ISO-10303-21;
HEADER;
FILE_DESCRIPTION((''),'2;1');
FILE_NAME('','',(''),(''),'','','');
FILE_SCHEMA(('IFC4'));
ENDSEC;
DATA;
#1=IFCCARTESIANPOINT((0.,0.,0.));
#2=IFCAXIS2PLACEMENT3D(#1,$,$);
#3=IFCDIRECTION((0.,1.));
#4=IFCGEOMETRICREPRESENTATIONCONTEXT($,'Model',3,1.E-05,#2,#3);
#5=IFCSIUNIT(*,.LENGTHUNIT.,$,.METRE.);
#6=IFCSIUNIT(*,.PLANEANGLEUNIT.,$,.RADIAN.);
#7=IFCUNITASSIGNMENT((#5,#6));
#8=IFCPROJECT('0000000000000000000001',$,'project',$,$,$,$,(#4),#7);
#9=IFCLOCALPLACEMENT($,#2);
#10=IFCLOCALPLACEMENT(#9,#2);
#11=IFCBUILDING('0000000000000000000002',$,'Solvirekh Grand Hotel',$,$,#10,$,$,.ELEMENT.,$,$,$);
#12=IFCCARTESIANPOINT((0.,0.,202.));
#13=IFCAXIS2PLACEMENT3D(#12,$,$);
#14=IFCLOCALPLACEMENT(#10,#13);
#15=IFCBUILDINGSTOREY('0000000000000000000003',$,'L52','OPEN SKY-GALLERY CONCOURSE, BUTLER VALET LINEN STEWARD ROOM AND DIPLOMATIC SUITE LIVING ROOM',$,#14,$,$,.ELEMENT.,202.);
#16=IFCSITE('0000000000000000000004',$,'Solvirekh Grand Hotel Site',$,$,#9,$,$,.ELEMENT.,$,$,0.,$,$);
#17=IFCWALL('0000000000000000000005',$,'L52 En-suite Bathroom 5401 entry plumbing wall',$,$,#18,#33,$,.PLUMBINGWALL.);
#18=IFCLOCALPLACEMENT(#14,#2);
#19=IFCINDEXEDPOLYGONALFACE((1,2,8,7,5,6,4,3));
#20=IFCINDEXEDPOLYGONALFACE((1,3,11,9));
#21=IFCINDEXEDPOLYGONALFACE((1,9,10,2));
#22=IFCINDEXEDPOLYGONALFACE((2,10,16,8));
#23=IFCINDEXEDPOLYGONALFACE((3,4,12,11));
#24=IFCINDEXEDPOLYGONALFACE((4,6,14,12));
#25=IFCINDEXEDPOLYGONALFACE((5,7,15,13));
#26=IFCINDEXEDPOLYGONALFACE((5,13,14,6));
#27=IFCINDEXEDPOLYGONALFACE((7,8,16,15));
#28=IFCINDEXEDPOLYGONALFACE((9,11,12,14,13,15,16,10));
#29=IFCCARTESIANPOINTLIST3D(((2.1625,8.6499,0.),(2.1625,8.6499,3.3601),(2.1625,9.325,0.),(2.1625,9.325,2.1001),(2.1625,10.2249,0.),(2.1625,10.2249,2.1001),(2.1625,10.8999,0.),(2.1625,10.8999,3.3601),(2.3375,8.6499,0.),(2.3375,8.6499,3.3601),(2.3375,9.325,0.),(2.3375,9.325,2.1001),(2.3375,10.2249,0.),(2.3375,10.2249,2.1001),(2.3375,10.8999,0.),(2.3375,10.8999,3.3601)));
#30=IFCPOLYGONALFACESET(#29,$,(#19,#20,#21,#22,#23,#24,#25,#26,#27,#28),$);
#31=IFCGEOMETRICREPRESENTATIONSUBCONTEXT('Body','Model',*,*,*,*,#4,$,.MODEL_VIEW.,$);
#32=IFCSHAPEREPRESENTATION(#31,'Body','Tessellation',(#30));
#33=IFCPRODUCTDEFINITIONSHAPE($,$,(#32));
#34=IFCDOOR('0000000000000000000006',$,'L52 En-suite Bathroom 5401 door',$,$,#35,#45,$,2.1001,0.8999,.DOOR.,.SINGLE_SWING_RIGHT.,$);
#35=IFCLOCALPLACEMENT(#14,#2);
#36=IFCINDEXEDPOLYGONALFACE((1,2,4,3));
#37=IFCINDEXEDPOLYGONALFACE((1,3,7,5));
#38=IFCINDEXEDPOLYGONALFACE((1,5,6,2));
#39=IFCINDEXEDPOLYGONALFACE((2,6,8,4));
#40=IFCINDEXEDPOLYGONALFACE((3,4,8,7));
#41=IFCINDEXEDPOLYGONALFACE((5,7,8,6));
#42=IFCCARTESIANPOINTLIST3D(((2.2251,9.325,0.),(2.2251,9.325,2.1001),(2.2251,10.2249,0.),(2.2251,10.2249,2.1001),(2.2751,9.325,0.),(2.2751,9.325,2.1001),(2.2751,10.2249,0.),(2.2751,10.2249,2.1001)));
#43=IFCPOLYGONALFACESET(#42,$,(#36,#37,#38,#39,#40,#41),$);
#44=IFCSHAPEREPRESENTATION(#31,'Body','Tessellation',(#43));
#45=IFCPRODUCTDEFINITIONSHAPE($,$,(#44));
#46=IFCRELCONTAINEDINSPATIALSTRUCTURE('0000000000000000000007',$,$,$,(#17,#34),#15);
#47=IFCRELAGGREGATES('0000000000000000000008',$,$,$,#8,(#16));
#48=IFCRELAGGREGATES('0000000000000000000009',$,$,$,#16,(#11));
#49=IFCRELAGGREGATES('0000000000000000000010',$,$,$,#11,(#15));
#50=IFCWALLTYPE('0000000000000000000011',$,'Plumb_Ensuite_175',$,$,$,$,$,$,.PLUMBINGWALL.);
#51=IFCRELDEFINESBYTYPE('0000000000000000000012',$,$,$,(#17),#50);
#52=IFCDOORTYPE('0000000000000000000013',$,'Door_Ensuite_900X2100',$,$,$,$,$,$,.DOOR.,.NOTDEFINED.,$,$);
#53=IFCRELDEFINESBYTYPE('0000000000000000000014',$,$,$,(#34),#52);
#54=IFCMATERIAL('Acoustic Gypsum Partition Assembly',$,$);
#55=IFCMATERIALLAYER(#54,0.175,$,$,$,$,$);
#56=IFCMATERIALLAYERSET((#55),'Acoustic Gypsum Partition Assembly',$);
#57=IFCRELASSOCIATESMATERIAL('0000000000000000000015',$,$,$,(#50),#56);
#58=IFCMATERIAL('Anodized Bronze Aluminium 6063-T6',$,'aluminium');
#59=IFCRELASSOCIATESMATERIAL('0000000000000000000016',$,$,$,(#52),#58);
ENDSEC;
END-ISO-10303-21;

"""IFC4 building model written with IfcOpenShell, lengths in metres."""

from ifc_helpers import new_model, si_unit, direction, frame, frame_2d, origin, place, context, subcontext, project, spatial, rectangle, extrude, material, layer, layer_set, type_object, element, fill, save


model = new_model("IFC4")

# Units and contexts
model_context = context("Model", 3, precision=1e-05, world=origin(), true_north=direction((0.0, 1.0)))
body_context = subcontext(model_context, "Body", "Model", "MODEL_VIEW")
ifc_project = project(units=[si_unit("LENGTHUNIT", "METRE"), si_unit("PLANEANGLEUNIT", "RADIAN")], contexts=[model_context])

# Site, building, storey
site_placement = place(None, origin())
site = spatial("IfcSite", under=ifc_project, at=site_placement, Name="Solvirekh Grand Hotel Site", CompositionType="ELEMENT", RefElevation=0.0)
building_placement = place(site_placement, origin())
building = spatial("IfcBuilding", under=site, at=building_placement, Name="Solvirekh Grand Hotel", CompositionType="ELEMENT")
storey_placement = place(building_placement, frame((0.0, 0.0, 202.0)))
storey = spatial("IfcBuildingStorey", under=building, at=storey_placement, Name="L52", Description="OPEN SKY-GALLERY CONCOURSE, BUTLER VALET LINEN STEWARD ROOM AND DIPLOMATIC SUITE LIVING ROOM", CompositionType="ELEMENT", Elevation=202.0)

# Shared definitions
ifc_material_1 = material(Name="Anodized Bronze Aluminium 6063-T6", Category="aluminium")

# Shared definitions
ifc_material_2 = material(Name="Acoustic Gypsum Partition Assembly")

# Shared definitions
ifc_layer_1 = layer(ifc_material_2, 0.175)
ifc_layer_set_1 = layer_set([ifc_layer_1], Name="Acoustic Gypsum Partition Assembly")
wall_type_1 = type_object("IfcWallType", Name="Plumb_Ensuite_175", PredefinedType="PLUMBINGWALL", material=ifc_layer_set_1)

# Wall, opening, door
wall_1_placement = place(storey_placement, frame((2.25, 8.6499, 0.0), z_axis=(0.0, 0.0, 1.0), x_axis=(0.0, 1.0, 0.0)))
wall_1 = element("IfcWall", 1, at=wall_1_placement, inside=storey, type_object=wall_type_1, Name="L52 En-suite Bathroom 5401 entry plumbing wall", PredefinedType="PLUMBINGWALL", context=body_context, shape_type="SweptSolid", body=[
    extrude(rectangle(XDim=2.25, YDim=0.175, at=frame_2d((1.125, 0.0))), origin(), (0.0, 0.0, 1.0), 3.3601),
])
opening_1_placement = place(wall_1_placement, frame((0.675, 0.0, 0.0)))
opening_1 = element("IfcOpeningElement", 2, at=opening_1_placement, cuts=wall_1, PredefinedType="OPENING", context=body_context, shape_type="SweptSolid", body=[
    extrude(rectangle(XDim=0.8999, YDim=2.1001, at=frame_2d((0.45, 1.05))), frame((0.0, 0.0977, 0.0), z_axis=(0.0, -1.0, 0.0), x_axis=(1.0, 0.0, 0.0)), (0.0, 0.0, 1.0), 0.1951),
])
door_type_1 = type_object("IfcDoorType", Name="Door_Ensuite_900X2100", OperationType="NOTDEFINED", PredefinedType="DOOR", material=ifc_material_1)
door_1_placement = place(opening_1_placement, origin())
door_1 = element("IfcDoor", 3, at=door_1_placement, inside=storey, type_object=door_type_1, Name="L52 En-suite Bathroom 5401 door", OperationType="SINGLE_SWING_RIGHT", OverallHeight=2.1001, OverallWidth=0.8999, PredefinedType="DOOR", context=body_context, shape_type="SweptSolid", body=[
    extrude(rectangle(XDim=0.8999, YDim=2.1001, at=frame_2d((0.45, 1.05))), frame((0.0, 0.0249, 0.0), z_axis=(0.0, -1.0, 0.0), x_axis=(1.0, 0.0, 0.0)), (0.0, 0.0, 1.0), 0.05),
])
fill(opening_1, door_1)

save(model, "model.ifc")
